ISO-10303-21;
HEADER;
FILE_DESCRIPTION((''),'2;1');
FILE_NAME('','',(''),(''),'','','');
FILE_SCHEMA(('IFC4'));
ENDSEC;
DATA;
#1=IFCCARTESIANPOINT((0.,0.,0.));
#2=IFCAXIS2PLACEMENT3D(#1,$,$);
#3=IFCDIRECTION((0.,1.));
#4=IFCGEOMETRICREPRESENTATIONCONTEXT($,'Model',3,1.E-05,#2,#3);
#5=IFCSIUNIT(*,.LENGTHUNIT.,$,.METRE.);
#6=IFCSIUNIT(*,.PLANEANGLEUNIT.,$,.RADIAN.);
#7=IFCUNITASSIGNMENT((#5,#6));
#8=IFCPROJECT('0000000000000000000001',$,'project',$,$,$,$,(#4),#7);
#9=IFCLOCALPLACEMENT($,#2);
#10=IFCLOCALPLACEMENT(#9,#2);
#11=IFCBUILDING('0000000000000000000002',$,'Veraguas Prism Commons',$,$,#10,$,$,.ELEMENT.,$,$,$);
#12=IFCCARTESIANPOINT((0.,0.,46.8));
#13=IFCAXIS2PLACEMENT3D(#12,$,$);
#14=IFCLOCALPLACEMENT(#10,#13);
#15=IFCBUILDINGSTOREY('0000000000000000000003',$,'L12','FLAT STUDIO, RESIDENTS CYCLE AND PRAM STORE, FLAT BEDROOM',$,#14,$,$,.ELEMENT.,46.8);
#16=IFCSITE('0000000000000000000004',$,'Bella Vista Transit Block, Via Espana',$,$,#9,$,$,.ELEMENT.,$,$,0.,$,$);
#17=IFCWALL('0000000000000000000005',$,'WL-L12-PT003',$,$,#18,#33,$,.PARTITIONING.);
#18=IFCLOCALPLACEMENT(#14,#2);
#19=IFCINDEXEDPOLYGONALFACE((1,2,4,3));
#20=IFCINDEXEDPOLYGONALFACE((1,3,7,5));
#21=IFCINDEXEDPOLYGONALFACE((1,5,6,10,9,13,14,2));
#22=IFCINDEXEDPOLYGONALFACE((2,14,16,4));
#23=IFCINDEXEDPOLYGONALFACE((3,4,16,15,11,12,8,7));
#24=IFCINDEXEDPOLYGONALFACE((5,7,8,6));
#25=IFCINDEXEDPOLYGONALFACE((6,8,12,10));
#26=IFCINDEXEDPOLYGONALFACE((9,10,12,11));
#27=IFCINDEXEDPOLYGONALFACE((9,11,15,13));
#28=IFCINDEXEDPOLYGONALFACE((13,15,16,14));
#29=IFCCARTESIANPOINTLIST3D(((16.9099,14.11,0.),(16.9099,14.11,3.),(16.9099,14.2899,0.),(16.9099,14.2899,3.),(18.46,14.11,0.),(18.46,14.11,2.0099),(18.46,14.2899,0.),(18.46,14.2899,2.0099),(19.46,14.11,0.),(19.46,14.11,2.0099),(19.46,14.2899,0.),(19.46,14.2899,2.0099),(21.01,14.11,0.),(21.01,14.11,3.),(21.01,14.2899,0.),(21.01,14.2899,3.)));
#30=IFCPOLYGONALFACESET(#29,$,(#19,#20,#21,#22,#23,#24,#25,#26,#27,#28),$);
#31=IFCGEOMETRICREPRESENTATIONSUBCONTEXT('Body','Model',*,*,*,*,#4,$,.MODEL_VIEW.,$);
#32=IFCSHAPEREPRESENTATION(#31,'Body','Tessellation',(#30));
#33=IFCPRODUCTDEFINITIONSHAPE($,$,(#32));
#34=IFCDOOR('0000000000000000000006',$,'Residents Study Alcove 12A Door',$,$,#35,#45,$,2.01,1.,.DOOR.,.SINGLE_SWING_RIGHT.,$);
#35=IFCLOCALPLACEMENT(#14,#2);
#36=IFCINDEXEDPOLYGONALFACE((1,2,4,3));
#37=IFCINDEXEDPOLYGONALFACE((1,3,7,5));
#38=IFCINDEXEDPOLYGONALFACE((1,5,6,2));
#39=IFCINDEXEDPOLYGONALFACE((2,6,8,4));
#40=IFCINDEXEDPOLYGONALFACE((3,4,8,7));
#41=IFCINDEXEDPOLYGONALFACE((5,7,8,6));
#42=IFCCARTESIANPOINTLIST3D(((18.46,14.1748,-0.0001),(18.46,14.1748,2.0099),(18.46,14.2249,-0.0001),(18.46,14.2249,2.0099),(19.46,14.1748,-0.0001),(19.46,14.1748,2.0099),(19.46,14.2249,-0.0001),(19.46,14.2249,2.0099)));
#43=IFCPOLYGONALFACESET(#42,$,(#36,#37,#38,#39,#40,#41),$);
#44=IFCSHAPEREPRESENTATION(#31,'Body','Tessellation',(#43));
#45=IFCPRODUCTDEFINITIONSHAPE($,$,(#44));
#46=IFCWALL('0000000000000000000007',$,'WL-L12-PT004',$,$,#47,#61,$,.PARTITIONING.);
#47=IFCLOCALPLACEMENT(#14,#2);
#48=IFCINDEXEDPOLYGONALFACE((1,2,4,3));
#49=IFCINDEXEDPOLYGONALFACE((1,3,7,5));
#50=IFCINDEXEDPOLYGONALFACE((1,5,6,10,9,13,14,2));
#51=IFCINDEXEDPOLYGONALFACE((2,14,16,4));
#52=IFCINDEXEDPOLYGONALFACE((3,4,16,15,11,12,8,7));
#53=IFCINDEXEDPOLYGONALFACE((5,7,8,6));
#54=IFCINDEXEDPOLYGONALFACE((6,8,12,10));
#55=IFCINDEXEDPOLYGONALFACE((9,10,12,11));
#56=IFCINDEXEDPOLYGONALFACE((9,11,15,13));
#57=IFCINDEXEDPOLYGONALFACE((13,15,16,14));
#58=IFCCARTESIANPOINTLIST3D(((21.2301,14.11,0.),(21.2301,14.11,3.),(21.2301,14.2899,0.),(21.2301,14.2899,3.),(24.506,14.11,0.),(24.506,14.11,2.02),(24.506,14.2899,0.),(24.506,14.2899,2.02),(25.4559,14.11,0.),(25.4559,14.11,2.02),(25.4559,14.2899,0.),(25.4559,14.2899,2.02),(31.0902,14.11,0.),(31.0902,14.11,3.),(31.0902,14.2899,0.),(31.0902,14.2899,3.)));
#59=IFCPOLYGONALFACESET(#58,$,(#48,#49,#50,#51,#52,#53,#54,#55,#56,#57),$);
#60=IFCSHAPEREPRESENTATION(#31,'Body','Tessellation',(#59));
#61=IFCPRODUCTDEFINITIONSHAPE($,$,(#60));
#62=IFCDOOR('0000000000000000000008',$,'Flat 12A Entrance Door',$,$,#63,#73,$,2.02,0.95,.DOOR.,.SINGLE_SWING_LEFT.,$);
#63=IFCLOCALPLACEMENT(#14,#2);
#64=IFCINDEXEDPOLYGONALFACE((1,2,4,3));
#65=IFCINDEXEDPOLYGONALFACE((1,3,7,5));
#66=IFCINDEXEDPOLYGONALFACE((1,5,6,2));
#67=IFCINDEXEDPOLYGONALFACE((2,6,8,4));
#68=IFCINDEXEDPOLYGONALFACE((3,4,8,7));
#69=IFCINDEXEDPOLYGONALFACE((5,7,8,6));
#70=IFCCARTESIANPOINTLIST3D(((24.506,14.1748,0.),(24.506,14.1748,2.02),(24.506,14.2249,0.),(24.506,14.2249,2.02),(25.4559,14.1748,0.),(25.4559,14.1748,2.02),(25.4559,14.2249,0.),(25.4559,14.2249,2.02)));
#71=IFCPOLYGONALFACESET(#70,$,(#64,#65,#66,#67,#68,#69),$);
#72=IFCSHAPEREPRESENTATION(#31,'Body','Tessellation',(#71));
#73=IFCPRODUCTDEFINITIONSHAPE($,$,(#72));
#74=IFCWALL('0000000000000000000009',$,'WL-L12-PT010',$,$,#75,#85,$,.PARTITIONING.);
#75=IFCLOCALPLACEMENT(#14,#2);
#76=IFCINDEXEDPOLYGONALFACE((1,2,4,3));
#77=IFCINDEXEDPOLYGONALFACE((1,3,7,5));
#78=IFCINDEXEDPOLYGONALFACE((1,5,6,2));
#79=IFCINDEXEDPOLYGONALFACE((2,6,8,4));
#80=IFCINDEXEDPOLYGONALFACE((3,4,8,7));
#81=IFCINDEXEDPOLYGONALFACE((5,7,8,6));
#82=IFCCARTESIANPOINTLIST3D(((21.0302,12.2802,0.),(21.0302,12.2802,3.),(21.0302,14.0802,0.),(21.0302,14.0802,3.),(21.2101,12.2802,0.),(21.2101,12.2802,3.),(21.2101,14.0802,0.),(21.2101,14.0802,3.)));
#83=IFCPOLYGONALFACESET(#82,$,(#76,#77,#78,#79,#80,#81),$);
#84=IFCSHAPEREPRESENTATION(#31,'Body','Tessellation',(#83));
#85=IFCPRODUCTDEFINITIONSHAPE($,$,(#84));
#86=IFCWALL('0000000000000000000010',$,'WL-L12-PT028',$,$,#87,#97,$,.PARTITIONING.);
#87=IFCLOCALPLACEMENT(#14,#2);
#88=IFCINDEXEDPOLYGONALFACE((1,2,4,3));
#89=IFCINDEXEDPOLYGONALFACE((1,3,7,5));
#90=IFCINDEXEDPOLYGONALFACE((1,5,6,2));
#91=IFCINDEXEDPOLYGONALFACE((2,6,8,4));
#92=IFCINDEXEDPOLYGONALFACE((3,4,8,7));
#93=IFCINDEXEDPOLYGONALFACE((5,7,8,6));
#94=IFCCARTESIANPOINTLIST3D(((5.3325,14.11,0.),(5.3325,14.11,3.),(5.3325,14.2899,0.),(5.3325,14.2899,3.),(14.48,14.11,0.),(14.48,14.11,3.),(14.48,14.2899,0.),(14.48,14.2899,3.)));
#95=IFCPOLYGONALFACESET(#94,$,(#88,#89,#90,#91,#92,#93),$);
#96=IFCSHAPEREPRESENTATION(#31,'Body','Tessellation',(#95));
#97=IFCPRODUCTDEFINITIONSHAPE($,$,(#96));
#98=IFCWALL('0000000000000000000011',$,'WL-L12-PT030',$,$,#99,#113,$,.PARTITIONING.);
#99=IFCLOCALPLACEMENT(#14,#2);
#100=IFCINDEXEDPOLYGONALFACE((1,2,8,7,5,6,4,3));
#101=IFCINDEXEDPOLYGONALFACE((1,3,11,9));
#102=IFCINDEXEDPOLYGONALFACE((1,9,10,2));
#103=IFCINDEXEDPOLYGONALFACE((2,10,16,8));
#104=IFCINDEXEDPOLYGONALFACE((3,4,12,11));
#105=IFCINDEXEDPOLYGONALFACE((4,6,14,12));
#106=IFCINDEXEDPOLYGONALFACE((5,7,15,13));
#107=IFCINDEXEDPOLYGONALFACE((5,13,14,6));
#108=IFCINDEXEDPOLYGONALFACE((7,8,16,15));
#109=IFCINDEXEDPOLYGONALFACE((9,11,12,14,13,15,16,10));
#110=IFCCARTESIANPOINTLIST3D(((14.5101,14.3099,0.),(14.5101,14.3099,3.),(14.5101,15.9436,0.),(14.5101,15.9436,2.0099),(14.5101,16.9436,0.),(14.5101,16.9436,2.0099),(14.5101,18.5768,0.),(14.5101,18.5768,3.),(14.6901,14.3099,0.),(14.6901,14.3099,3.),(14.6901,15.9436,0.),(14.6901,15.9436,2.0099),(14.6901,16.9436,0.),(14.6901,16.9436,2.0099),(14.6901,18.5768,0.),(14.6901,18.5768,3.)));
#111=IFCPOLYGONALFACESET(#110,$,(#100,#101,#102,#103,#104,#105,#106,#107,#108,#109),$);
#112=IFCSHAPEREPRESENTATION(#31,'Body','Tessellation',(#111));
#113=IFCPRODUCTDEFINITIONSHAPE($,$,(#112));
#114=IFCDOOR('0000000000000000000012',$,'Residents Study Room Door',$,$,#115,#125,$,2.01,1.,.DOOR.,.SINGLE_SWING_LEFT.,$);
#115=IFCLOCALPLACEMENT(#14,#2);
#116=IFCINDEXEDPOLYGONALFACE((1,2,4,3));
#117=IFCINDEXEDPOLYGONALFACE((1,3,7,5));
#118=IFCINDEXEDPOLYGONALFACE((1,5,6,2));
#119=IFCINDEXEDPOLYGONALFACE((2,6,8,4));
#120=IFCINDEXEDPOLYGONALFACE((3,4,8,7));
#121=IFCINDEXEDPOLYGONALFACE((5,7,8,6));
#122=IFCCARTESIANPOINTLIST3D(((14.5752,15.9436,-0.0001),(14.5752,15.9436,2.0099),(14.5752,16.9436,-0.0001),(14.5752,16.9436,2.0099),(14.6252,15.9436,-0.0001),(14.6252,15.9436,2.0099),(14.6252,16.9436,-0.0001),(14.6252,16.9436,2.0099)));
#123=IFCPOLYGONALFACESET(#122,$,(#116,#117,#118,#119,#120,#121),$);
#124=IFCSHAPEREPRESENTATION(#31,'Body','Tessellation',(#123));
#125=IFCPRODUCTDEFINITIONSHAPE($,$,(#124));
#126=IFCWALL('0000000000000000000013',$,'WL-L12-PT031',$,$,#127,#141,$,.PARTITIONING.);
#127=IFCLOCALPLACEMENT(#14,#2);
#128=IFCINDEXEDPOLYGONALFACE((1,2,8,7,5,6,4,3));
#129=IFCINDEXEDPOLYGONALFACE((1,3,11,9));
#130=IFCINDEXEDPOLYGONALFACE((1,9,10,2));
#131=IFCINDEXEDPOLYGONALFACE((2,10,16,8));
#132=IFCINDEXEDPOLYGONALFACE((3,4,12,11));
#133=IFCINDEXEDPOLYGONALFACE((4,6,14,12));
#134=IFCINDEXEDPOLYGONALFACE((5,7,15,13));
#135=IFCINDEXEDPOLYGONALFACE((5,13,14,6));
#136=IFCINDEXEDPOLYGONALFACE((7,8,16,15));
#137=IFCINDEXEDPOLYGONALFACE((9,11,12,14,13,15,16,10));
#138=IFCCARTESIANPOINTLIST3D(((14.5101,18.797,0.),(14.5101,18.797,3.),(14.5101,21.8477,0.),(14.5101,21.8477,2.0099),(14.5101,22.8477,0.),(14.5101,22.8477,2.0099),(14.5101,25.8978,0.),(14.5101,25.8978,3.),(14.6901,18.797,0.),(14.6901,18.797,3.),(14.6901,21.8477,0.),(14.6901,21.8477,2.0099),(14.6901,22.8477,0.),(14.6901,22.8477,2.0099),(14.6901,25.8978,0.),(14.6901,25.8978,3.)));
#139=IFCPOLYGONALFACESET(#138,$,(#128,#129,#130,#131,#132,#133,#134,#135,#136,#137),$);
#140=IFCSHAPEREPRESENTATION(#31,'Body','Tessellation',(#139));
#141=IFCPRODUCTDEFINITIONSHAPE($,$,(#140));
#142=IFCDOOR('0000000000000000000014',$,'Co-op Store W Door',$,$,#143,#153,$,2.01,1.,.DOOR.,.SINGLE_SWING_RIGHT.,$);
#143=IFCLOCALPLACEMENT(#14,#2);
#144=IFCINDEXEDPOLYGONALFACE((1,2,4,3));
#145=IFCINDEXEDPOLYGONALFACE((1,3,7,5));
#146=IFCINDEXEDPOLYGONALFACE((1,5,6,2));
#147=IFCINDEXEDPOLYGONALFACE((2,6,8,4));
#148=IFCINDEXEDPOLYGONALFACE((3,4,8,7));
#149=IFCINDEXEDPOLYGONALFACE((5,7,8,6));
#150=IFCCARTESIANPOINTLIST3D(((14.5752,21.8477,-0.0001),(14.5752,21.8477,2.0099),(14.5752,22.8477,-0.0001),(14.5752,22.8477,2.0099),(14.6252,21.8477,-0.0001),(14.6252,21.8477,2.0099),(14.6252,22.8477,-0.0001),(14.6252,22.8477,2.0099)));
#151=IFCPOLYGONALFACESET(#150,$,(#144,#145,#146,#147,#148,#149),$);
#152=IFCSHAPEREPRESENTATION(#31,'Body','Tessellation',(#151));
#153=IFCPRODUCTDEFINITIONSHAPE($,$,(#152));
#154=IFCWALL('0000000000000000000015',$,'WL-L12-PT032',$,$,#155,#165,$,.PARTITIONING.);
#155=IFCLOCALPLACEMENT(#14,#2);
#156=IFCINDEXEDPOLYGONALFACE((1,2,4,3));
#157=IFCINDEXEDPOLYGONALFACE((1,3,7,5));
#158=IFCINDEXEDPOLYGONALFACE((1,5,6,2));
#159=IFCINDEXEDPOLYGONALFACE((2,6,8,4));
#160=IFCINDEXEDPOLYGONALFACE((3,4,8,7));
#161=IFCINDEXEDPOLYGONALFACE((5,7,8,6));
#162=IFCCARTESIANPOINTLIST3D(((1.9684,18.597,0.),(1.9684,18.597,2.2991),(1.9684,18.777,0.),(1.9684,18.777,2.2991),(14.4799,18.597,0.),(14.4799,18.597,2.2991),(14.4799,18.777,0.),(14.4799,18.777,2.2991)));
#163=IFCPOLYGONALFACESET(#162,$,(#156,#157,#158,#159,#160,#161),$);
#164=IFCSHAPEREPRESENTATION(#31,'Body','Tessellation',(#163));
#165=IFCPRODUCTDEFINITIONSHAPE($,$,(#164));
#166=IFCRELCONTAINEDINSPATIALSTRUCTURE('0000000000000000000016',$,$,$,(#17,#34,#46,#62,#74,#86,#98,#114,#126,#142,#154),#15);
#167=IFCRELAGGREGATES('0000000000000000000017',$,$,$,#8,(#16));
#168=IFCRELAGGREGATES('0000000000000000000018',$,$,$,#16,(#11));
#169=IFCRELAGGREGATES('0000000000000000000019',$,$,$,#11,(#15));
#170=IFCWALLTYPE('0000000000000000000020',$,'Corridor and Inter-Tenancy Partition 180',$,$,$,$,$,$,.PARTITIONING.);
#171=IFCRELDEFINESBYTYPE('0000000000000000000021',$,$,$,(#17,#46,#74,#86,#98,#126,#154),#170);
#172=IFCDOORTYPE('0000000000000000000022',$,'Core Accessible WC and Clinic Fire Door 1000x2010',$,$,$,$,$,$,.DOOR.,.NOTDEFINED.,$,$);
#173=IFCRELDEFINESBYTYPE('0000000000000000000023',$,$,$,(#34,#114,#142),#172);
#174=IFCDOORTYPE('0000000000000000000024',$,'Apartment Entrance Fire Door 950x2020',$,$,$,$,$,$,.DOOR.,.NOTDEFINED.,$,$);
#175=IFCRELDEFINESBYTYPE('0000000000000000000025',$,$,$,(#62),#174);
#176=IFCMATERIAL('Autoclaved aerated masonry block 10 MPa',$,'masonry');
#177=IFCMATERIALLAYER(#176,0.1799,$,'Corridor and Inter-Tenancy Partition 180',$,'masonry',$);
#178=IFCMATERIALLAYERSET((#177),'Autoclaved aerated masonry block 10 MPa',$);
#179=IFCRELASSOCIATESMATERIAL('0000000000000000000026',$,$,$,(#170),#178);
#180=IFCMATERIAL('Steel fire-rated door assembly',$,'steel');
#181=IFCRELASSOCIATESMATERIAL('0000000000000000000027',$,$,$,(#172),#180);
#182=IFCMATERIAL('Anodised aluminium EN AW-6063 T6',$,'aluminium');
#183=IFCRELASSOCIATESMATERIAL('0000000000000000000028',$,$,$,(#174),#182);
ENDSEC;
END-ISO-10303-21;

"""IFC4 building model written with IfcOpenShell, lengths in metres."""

from ifc_helpers import new_model, si_unit, direction, frame, frame_2d, origin, place, context, subcontext, project, spatial, rectangle, extrude, source, transform, mapped, material, layer, layer_set, type_object, element, fill, save


model = new_model("IFC4")

# Units and contexts
model_context = context("Model", 3, precision=1e-05, world=origin(), true_north=direction((0.0, 1.0)))
body_context = subcontext(model_context, "Body", "Model", "MODEL_VIEW")
ifc_project = project(units=[si_unit("LENGTHUNIT", "METRE"), si_unit("PLANEANGLEUNIT", "RADIAN")], contexts=[model_context])

# Site, building, storey
site_placement = place(None, origin())
site = spatial("IfcSite", under=ifc_project, at=site_placement, Name="Bella Vista Transit Block, Via Espana", CompositionType="ELEMENT", RefElevation=0.0)
building_placement = place(site_placement, origin())
building = spatial("IfcBuilding", under=site, at=building_placement, Name="Veraguas Prism Commons", CompositionType="ELEMENT")
storey_placement = place(building_placement, frame((0.0, 0.0, 46.8)))
storey = spatial("IfcBuildingStorey", under=building, at=storey_placement, Name="L12", Description="FLAT STUDIO, RESIDENTS CYCLE AND PRAM STORE, FLAT BEDROOM", CompositionType="ELEMENT", Elevation=46.8)

# Shared definitions
ifc_material_1 = material(Name="Steel fire-rated door assembly", Category="steel")

# Shared definitions
ifc_material_2 = material(Name="Autoclaved aerated masonry block 10 MPa", Category="masonry")
ifc_layer_1 = layer(ifc_material_2, 0.1799, Name="Corridor and Inter-Tenancy Partition 180", Category="masonry")
ifc_layer_set_1 = layer_set([ifc_layer_1], Name="Autoclaved aerated masonry block 10 MPa")
wall_type_1 = type_object("IfcWallType", Name="Corridor and Inter-Tenancy Partition 180", PredefinedType="PARTITIONING", material=ifc_layer_set_1)

# Walls, openings, doors
wall_1_placement = place(storey_placement, frame((16.9099, 14.2, 0.0), z_axis=(0.0, 0.0, 1.0), x_axis=(1.0, 0.0, 0.0)))
wall_1 = element("IfcWall", 1, at=wall_1_placement, inside=storey, type_object=wall_type_1, Name="WL-L12-PT003", PredefinedType="PARTITIONING", context=body_context, shape_type="SweptSolid", body=[
    extrude(rectangle(XDim=4.1001, YDim=0.1799, at=frame_2d((2.05, 0.0))), origin(), (0.0, 0.0, 1.0), 3.0),
])
opening_1_placement = place(wall_1_placement, frame((1.55, 0.0, 0.0)))
opening_1 = element("IfcOpeningElement", 2, at=opening_1_placement, cuts=wall_1, PredefinedType="OPENING", context=body_context, shape_type="SweptSolid", body=[
    extrude(rectangle(XDim=1.0, YDim=2.01, at=frame_2d((0.5, 1.0049))), frame((0.0, 0.0999, 0.0), z_axis=(0.0, -1.0, 0.0), x_axis=(1.0, 0.0, 0.0)), (0.0, 0.0, 1.0), 0.2),
])
door_type_1 = type_object("IfcDoorType", Name="Core Accessible WC and Clinic Fire Door 1000x2010", OperationType="NOTDEFINED", PredefinedType="DOOR", material=ifc_material_1)
shared_shape_1 = source(origin(), body_context, "Body", "SweptSolid", [
    extrude(rectangle(XDim=1.0, YDim=2.01, at=frame_2d((0.5, 1.0049))), frame((0.0, 0.0249, 0.0), z_axis=(0.0, -1.0, 0.0), x_axis=(1.0, 0.0, 0.0)), (0.0, 0.0, 1.0), 0.05),
])
door_1_placement = place(opening_1_placement, origin())
door_1 = element("IfcDoor", 3, at=door_1_placement, inside=storey, type_object=door_type_1, Name="Residents Study Alcove 12A Door", OperationType="SINGLE_SWING_RIGHT", OverallHeight=2.01, OverallWidth=1.0, PredefinedType="DOOR", context=body_context, shape_type="MappedRepresentation", body=[
    mapped(shared_shape_1, transform((0.0, 0.0, 0.0), scale=1.0)),
])
fill(opening_1, door_1)
wall_2_placement = place(storey_placement, frame((21.23, 14.2, 0.0), z_axis=(0.0, 0.0, 1.0), x_axis=(1.0, 0.0, 0.0)))
wall_2 = element("IfcWall", 4, at=wall_2_placement, inside=storey, type_object=wall_type_1, Name="WL-L12-PT004", PredefinedType="PARTITIONING", context=body_context, shape_type="SweptSolid", body=[
    extrude(rectangle(XDim=9.8601, YDim=0.1799, at=frame_2d((4.9302, 0.0))), origin(), (0.0, 0.0, 1.0), 3.0),
])
opening_2_placement = place(wall_2_placement, frame((3.2759, 0.0, 0.0)))
opening_2 = element("IfcOpeningElement", 5, at=opening_2_placement, cuts=wall_2, PredefinedType="OPENING", context=body_context, shape_type="SweptSolid", body=[
    extrude(rectangle(XDim=0.95, YDim=2.02, at=frame_2d((0.4751, 1.01))), frame((0.0, 0.0999, 0.0), z_axis=(0.0, -1.0, 0.0), x_axis=(1.0, 0.0, 0.0)), (0.0, 0.0, 1.0), 0.2),
])
ifc_material_3 = material(Name="Anodised aluminium EN AW-6063 T6", Category="aluminium")
door_type_2 = type_object("IfcDoorType", Name="Apartment Entrance Fire Door 950x2020", OperationType="NOTDEFINED", PredefinedType="DOOR", material=ifc_material_3)
shared_shape_2 = source(origin(), body_context, "Body", "SweptSolid", [
    extrude(rectangle(XDim=0.95, YDim=2.02, at=frame_2d((0.4751, 1.01))), frame((0.0, 0.0249, 0.0), z_axis=(0.0, -1.0, 0.0), x_axis=(1.0, 0.0, 0.0)), (0.0, 0.0, 1.0), 0.05),
])
door_2_placement = place(opening_2_placement, origin())
door_2 = element("IfcDoor", 6, at=door_2_placement, inside=storey, type_object=door_type_2, Name="Flat 12A Entrance Door", OperationType="SINGLE_SWING_LEFT", OverallHeight=2.02, OverallWidth=0.95, PredefinedType="DOOR", context=body_context, shape_type="MappedRepresentation", body=[
    mapped(shared_shape_2, transform((0.0, 0.0, 0.0), scale=1.0)),
])
fill(opening_2, door_2)

# Walls
wall_3_placement = place(storey_placement, frame((21.1201, 14.0801, 0.0), z_axis=(0.0, 0.0, 1.0), x_axis=(0.0, -1.0, 0.0)))
element("IfcWall", 7, at=wall_3_placement, inside=storey, type_object=wall_type_1, Name="WL-L12-PT010", PredefinedType="PARTITIONING", context=body_context, shape_type="SweptSolid", body=[
    extrude(rectangle(XDim=1.8, YDim=0.1799, at=frame_2d((0.8999, 0.0))), origin(), (0.0, 0.0, 1.0), 3.0),
])
wall_4_placement = place(storey_placement, frame((14.48, 14.2, 0.0), z_axis=(0.0, 0.0, 1.0), x_axis=(-1.0, 0.0, 0.0)))
element("IfcWall", 8, at=wall_4_placement, inside=storey, type_object=wall_type_1, Name="WL-L12-PT028", PredefinedType="PARTITIONING", context=body_context, shape_type="SweptSolid", body=[
    extrude(rectangle(XDim=9.1475, YDim=0.1799, at=frame_2d((4.5737, 0.0))), origin(), (0.0, 0.0, 1.0), 3.0),
])

# Walls, openings, doors
wall_5_placement = place(storey_placement, frame((14.6001, 14.3101, 0.0), z_axis=(0.0, 0.0, 1.0), x_axis=(0.0, 1.0, 0.0)))
wall_5 = element("IfcWall", 9, at=wall_5_placement, inside=storey, type_object=wall_type_1, Name="WL-L12-PT030", PredefinedType="PARTITIONING", context=body_context, shape_type="SweptSolid", body=[
    extrude(rectangle(XDim=4.2668, YDim=0.1799, at=frame_2d((2.1333, 0.0))), origin(), (0.0, 0.0, 1.0), 3.0),
])
opening_3_placement = place(wall_5_placement, frame((1.6335, 0.0, 0.0)))
opening_3 = element("IfcOpeningElement", 10, at=opening_3_placement, cuts=wall_5, PredefinedType="OPENING", context=body_context, shape_type="SweptSolid", body=[
    extrude(rectangle(XDim=1.0, YDim=2.01, at=frame_2d((0.5, 1.0049))), frame((0.0, 0.0999, 0.0), z_axis=(0.0, -1.0, 0.0), x_axis=(1.0, 0.0, 0.0)), (0.0, 0.0, 1.0), 0.2),
])
door_3_placement = place(opening_3_placement, origin())
door_3 = element("IfcDoor", 11, at=door_3_placement, inside=storey, type_object=door_type_1, Name="Residents Study Room Door", OperationType="SINGLE_SWING_LEFT", OverallHeight=2.01, OverallWidth=1.0, PredefinedType="DOOR", context=body_context, shape_type="MappedRepresentation", body=[
    mapped(shared_shape_1, transform((0.0, 0.0, 0.0), scale=1.0)),
])
fill(opening_3, door_3)
wall_6_placement = place(storey_placement, frame((14.6001, 18.7971, 0.0), z_axis=(0.0, 0.0, 1.0), x_axis=(0.0, 1.0, 0.0)))
wall_6 = element("IfcWall", 12, at=wall_6_placement, inside=storey, type_object=wall_type_1, Name="WL-L12-PT031", PredefinedType="PARTITIONING", context=body_context, shape_type="SweptSolid", body=[
    extrude(rectangle(XDim=7.1008, YDim=0.1799, at=frame_2d((3.5503, 0.0))), origin(), (0.0, 0.0, 1.0), 3.0),
])
opening_4_placement = place(wall_6_placement, frame((3.0505, 0.0, 0.0)))
opening_4 = element("IfcOpeningElement", 13, at=opening_4_placement, cuts=wall_6, PredefinedType="OPENING", context=body_context, shape_type="SweptSolid", body=[
    extrude(rectangle(XDim=1.0, YDim=2.01, at=frame_2d((0.5, 1.0049))), frame((0.0, 0.0999, 0.0), z_axis=(0.0, -1.0, 0.0), x_axis=(1.0, 0.0, 0.0)), (0.0, 0.0, 1.0), 0.2),
])
door_4_placement = place(opening_4_placement, origin())
door_4 = element("IfcDoor", 14, at=door_4_placement, inside=storey, type_object=door_type_1, Name="Co-op Store W Door", OperationType="SINGLE_SWING_RIGHT", OverallHeight=2.01, OverallWidth=1.0, PredefinedType="DOOR", context=body_context, shape_type="MappedRepresentation", body=[
    mapped(shared_shape_1, transform((0.0, 0.0, 0.0), scale=1.0)),
])
fill(opening_4, door_4)

# Wall
wall_7_placement = place(storey_placement, frame((14.48, 18.687, 0.0), z_axis=(0.0, 0.0, 1.0), x_axis=(-1.0, 0.0, 0.0)))
element("IfcWall", 15, at=wall_7_placement, inside=storey, type_object=wall_type_1, Name="WL-L12-PT032", PredefinedType="PARTITIONING", context=body_context, shape_type="SweptSolid", body=[
    extrude(rectangle(XDim=12.5115, YDim=0.1799, at=frame_2d((6.2559, 0.0))), origin(), (0.0, 0.0, 1.0), 2.2991),
])

save(model, "model.ifc")
